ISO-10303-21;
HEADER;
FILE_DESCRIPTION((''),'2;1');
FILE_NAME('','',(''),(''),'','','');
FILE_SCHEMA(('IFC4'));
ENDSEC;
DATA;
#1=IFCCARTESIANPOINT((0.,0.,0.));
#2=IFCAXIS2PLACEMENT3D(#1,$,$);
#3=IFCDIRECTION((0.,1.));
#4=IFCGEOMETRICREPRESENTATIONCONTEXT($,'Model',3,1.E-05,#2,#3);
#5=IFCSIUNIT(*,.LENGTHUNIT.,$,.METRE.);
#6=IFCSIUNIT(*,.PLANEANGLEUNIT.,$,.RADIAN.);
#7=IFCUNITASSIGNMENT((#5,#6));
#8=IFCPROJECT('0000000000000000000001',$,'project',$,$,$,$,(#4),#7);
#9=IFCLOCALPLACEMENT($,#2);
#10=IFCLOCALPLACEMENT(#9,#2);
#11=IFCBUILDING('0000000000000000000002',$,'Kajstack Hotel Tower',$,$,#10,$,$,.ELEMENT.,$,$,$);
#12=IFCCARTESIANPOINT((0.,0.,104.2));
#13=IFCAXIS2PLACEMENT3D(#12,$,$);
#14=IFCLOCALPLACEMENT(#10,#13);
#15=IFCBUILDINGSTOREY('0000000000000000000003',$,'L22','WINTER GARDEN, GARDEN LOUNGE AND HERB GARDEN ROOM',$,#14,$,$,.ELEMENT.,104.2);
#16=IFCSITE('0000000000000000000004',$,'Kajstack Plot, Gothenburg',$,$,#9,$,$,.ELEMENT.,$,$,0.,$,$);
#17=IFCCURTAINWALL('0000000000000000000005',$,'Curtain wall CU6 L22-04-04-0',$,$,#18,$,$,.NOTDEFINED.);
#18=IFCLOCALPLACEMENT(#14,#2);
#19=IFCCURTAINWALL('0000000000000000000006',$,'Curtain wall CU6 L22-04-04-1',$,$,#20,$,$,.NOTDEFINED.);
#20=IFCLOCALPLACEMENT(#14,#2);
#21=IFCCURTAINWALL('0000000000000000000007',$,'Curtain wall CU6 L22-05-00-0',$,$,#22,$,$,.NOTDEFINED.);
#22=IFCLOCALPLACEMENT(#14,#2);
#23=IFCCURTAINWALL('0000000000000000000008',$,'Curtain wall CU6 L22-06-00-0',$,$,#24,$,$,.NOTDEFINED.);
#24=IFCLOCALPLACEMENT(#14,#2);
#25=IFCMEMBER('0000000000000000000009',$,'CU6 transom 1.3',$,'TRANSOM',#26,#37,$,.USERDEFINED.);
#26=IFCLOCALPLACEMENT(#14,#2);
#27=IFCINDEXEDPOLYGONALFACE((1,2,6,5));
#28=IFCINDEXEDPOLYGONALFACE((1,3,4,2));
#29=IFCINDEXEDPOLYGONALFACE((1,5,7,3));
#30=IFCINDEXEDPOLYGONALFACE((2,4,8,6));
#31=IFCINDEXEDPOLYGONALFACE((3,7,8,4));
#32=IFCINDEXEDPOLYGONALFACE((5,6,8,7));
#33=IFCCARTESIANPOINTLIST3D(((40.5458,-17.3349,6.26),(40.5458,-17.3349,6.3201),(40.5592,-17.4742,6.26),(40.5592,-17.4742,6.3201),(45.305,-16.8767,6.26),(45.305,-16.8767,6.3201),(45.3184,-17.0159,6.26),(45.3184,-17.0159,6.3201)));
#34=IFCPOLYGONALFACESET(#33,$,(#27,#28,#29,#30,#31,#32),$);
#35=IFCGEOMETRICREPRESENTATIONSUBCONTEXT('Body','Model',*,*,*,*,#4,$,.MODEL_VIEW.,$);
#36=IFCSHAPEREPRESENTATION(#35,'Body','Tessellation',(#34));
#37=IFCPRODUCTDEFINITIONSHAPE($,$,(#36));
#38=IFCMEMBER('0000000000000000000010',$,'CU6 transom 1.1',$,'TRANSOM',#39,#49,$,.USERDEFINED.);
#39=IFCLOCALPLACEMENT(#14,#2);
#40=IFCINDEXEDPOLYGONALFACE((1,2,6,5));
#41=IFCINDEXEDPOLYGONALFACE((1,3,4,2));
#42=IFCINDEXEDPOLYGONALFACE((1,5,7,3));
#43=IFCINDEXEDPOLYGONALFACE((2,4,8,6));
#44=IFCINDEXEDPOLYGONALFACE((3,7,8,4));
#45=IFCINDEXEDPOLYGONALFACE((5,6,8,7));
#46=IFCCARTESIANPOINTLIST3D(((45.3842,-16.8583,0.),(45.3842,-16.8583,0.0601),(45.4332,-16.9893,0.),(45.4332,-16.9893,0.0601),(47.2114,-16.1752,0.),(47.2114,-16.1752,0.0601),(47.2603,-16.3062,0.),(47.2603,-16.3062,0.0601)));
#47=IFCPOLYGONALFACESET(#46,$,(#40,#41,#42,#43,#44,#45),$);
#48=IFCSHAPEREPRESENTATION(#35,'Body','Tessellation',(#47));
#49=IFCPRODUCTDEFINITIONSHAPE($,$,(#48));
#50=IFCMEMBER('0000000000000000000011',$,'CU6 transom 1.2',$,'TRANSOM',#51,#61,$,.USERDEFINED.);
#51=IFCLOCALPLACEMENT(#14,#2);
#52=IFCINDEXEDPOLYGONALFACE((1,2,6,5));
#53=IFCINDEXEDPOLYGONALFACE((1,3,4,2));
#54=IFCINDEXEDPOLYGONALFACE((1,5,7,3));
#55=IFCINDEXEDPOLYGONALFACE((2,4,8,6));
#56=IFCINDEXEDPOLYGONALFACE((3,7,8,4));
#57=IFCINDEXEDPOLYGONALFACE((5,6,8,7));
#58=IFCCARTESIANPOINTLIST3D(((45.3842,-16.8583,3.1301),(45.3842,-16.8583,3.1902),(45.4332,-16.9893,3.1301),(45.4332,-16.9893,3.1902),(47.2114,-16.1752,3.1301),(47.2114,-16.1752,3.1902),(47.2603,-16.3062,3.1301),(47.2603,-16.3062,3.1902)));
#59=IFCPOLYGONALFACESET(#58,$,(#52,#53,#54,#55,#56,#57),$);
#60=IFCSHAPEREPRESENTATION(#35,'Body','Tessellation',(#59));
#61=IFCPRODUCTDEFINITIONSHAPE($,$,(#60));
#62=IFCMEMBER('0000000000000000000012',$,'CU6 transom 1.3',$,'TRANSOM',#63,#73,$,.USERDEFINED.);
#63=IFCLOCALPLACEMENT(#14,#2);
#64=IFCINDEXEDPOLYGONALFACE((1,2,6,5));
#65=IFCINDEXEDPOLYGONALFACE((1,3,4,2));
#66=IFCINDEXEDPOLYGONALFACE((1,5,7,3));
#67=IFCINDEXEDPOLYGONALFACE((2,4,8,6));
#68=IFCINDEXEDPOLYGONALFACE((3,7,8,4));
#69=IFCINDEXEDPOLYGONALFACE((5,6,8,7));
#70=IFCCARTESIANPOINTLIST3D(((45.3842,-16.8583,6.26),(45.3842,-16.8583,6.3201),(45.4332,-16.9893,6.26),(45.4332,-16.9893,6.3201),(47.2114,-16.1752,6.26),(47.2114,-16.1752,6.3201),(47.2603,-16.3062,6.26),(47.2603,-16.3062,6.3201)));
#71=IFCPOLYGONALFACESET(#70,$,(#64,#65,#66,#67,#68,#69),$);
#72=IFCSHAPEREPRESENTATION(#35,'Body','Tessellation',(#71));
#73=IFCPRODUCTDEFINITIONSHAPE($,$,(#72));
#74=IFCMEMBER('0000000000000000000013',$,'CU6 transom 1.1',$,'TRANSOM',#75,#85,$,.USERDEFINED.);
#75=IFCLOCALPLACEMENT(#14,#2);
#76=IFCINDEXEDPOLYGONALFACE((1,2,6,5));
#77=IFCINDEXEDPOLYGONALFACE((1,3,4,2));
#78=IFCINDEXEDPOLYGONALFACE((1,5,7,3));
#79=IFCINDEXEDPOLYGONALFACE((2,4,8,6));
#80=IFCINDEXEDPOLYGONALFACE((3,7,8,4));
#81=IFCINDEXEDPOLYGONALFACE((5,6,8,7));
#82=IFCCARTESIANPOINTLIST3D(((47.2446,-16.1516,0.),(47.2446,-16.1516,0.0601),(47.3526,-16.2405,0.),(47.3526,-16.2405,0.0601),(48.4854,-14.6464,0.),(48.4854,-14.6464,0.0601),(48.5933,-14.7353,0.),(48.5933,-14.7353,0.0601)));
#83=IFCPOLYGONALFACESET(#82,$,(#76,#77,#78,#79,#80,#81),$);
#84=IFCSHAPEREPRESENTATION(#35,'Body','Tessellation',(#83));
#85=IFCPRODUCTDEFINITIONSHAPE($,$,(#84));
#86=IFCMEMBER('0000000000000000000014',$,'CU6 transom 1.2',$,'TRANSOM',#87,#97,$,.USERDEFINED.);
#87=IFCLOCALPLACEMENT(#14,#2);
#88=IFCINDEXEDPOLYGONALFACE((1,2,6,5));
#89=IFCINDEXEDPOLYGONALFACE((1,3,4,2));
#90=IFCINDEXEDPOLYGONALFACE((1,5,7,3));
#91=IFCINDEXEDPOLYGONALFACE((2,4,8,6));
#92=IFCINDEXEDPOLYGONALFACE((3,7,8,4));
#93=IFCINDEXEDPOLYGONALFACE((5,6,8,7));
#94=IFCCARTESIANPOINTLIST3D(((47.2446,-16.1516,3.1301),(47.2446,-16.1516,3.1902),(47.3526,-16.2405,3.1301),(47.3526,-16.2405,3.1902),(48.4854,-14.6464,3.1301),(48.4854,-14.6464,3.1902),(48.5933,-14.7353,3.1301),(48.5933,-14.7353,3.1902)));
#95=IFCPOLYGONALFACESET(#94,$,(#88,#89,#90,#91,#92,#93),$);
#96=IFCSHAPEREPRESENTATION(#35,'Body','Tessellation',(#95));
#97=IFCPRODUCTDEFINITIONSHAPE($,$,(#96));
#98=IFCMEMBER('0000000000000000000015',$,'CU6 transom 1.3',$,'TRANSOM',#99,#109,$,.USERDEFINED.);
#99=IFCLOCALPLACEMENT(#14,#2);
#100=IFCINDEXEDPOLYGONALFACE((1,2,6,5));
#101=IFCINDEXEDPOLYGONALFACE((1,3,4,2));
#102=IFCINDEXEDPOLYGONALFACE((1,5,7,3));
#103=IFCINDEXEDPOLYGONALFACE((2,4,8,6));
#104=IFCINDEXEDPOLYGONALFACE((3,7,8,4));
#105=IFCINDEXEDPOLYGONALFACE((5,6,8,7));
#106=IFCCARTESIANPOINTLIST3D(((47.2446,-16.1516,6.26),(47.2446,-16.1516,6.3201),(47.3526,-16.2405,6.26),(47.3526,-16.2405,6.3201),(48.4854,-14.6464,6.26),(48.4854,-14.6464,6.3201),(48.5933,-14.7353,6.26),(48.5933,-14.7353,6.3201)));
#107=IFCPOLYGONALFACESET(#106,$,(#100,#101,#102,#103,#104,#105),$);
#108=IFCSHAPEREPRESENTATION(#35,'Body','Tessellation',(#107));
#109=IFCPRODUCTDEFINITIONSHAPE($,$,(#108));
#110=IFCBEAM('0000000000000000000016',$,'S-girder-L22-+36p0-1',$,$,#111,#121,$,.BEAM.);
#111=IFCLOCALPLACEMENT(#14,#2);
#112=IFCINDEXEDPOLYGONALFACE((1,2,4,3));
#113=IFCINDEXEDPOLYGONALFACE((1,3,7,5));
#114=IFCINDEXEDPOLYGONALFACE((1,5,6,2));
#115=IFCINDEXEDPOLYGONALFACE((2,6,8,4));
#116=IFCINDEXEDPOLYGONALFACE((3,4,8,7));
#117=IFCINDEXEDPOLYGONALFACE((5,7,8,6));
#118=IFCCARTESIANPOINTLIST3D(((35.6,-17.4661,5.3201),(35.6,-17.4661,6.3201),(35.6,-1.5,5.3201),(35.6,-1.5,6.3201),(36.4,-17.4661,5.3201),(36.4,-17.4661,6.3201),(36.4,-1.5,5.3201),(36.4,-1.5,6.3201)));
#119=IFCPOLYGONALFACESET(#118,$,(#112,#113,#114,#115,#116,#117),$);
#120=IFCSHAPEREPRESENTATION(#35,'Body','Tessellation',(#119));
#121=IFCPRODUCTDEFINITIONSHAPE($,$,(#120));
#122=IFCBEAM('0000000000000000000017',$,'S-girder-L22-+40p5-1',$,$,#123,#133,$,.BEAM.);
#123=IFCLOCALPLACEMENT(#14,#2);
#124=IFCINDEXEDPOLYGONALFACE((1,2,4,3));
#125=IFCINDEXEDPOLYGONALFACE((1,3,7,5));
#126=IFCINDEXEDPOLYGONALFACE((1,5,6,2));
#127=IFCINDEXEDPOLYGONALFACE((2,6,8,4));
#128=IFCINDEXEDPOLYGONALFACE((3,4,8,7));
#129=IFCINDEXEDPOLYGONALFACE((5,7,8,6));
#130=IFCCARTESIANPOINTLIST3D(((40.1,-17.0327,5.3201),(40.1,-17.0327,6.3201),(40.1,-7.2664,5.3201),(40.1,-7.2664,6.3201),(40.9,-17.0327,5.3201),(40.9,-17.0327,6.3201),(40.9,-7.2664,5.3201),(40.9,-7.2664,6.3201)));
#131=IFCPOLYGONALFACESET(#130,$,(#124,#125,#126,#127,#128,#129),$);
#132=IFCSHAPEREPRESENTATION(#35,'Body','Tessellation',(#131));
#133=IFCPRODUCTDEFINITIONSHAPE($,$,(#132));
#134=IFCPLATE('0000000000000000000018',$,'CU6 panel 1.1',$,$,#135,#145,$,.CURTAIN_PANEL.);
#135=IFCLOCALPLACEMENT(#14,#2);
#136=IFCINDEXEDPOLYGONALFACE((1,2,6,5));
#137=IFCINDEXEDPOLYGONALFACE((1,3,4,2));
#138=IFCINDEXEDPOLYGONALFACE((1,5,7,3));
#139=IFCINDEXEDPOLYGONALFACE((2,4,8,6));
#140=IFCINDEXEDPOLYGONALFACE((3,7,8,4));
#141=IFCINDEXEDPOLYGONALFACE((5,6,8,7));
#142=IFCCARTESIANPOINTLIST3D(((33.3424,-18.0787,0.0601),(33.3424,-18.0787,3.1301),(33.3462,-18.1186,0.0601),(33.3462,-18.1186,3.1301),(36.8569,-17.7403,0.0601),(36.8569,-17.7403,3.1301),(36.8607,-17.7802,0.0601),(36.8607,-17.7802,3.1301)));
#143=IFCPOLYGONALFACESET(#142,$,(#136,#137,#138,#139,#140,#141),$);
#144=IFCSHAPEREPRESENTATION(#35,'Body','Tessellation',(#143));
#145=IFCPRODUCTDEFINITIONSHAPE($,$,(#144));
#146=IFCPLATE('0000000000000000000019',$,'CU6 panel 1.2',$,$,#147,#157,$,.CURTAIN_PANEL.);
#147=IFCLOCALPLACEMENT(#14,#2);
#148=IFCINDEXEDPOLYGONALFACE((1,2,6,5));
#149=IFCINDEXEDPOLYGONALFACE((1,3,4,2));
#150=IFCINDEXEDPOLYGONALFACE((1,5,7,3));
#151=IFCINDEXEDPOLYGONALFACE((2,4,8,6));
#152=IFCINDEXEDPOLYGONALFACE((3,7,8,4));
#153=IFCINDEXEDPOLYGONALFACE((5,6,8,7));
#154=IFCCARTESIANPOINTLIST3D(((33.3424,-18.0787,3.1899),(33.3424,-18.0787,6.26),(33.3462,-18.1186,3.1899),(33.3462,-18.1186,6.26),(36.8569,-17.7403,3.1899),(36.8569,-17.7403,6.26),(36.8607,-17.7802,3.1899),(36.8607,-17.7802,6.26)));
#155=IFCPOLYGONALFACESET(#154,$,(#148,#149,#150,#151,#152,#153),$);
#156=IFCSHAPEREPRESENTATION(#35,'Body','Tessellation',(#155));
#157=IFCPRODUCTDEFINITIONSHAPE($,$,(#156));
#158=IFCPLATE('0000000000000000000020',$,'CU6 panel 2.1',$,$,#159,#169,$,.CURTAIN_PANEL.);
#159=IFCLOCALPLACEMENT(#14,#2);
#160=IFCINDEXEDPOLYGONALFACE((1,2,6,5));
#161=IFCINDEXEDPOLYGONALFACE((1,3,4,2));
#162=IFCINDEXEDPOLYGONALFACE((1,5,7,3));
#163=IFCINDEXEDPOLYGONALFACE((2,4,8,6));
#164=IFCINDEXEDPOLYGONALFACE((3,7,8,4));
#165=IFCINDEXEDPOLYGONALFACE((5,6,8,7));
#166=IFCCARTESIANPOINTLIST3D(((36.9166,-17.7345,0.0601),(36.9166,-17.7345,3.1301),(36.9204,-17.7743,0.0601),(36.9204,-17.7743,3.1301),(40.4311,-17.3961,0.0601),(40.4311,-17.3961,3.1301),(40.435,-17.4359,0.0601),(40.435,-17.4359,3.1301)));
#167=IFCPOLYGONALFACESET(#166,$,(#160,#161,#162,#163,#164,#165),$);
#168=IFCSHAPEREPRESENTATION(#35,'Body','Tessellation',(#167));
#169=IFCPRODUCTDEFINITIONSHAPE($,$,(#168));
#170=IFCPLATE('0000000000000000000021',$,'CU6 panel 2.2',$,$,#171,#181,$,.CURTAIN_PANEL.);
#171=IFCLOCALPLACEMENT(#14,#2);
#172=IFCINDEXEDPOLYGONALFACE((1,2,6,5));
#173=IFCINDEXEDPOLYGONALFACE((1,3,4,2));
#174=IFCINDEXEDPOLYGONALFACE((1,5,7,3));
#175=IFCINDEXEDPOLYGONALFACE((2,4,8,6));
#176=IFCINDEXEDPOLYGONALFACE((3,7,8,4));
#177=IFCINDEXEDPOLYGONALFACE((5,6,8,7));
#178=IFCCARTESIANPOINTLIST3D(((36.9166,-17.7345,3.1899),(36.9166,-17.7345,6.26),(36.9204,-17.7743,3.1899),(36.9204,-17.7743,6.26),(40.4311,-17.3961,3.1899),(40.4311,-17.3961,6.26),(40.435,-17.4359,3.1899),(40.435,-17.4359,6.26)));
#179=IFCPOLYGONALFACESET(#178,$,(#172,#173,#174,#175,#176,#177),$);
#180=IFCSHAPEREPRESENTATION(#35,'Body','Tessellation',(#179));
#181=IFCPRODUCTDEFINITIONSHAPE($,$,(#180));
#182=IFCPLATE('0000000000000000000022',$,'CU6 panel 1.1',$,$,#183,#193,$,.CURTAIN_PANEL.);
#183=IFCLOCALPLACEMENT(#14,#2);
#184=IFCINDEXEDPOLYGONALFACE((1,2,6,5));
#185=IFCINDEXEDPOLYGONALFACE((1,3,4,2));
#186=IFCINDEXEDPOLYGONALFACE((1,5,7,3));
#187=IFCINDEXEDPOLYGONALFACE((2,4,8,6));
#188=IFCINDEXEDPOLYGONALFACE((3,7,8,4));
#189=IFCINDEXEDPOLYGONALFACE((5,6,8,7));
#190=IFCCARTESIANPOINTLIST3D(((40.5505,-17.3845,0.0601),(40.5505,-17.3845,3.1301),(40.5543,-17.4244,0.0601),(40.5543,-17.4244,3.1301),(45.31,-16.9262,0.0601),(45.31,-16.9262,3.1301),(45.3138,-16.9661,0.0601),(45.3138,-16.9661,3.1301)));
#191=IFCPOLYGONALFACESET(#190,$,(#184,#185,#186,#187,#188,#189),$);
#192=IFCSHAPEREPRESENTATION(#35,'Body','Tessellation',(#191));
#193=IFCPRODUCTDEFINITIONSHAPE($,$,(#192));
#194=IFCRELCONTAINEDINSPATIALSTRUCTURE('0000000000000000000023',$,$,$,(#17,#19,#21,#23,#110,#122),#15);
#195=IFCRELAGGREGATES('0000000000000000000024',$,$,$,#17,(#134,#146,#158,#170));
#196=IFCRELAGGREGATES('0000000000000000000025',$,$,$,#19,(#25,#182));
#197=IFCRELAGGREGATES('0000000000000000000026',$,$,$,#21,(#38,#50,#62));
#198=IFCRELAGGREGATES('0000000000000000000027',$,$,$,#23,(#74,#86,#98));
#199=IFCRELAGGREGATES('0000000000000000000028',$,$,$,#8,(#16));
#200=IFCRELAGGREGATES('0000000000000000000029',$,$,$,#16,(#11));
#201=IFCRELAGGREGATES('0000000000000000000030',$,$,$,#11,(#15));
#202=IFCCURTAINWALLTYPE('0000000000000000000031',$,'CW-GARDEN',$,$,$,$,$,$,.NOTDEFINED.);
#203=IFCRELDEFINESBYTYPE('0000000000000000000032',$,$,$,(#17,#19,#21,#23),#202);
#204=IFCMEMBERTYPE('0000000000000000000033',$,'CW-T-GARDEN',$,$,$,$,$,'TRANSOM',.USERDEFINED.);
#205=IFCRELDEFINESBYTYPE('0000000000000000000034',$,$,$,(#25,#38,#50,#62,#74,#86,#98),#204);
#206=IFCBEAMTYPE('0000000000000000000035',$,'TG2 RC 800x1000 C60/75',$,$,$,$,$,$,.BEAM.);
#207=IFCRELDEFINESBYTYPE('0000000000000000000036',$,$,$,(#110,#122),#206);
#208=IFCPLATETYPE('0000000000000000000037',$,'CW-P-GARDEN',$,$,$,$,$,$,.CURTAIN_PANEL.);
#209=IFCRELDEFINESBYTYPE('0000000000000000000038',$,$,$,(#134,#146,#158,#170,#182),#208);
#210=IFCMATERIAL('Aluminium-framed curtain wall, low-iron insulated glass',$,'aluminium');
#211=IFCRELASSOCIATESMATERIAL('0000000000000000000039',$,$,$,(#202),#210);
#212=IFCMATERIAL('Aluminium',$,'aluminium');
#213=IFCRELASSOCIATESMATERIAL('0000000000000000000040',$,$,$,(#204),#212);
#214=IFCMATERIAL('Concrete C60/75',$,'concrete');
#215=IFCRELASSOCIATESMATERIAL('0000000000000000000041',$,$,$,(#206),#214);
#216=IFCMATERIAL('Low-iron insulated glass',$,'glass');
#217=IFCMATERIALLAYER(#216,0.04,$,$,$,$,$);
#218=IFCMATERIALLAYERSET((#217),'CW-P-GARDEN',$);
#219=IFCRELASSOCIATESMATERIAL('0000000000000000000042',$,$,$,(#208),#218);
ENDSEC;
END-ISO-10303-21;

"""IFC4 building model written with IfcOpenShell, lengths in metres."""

from ifc_helpers import new_model, si_unit, direction, frame, origin, origin_2d, place, context, subcontext, project, spatial, rectangle, extrude, material, layer, layer_set, material_profile, profile_set, type_object, element, aggregate, save


model = new_model("IFC4")

# Units and contexts
model_context = context("Model", 3, precision=1e-05, world=origin(), true_north=direction((0.0, 1.0)))
body_context = subcontext(model_context, "Body", "Model", "MODEL_VIEW")
ifc_project = project(units=[si_unit("LENGTHUNIT", "METRE"), si_unit("PLANEANGLEUNIT", "RADIAN")], contexts=[model_context])

# Site, building, storey
site_placement = place(None, origin())
site = spatial("IfcSite", under=ifc_project, at=site_placement, Name="Kajstack Plot, Gothenburg", CompositionType="ELEMENT", RefElevation=0.0)
building_placement = place(site_placement, origin())
building = spatial("IfcBuilding", under=site, at=building_placement, Name="Kajstack Hotel Tower", CompositionType="ELEMENT")
storey_placement = place(building_placement, frame((0.0, 0.0, 104.2)))
storey = spatial("IfcBuildingStorey", under=building, at=storey_placement, Name="L22", Description="WINTER GARDEN, GARDEN LOUNGE AND HERB GARDEN ROOM", CompositionType="ELEMENT", Elevation=104.2)

# Curtain walls
ifc_material_1 = material(Name="Aluminium-framed curtain wall, low-iron insulated glass", Category="aluminium")
curtain_wall_type = type_object("IfcCurtainWallType", Name="CW-GARDEN", PredefinedType="NOTDEFINED", material=ifc_material_1)
curtain_wall_1_placement = place(storey_placement, origin())
curtain_wall_1 = element("IfcCurtainWall", 1, at=curtain_wall_1_placement, inside=storey, type_object=curtain_wall_type, Name="Curtain wall CU6 L22-04-04-0", PredefinedType="NOTDEFINED")
ifc_material_2 = material(Name="Aluminium", Category="aluminium")
curtain_wall_2_placement = place(storey_placement, origin())
curtain_wall_2 = element("IfcCurtainWall", 2, at=curtain_wall_2_placement, inside=storey, type_object=curtain_wall_type, Name="Curtain wall CU6 L22-04-04-1", PredefinedType="NOTDEFINED")
curtain_wall_3_placement = place(storey_placement, origin())
curtain_wall_3 = element("IfcCurtainWall", 3, at=curtain_wall_3_placement, inside=storey, type_object=curtain_wall_type, Name="Curtain wall CU6 L22-05-00-0", PredefinedType="NOTDEFINED")

# Curtain wall
curtain_wall_4_placement = place(storey_placement, origin())
curtain_wall_4 = element("IfcCurtainWall", 4, at=curtain_wall_4_placement, inside=storey, type_object=curtain_wall_type, Name="Curtain wall CU6 L22-06-00-0", PredefinedType="NOTDEFINED")

# Members
ifc_material_profile_1 = material_profile(ifc_material_2, rectangle(XDim=0.1399, YDim=0.0601, at=origin_2d()), Name="Aluminium transom 140 x 60")
ifc_profile_set_1 = profile_set([ifc_material_profile_1], Name="Aluminium")
member_type_1 = type_object("IfcMemberType", Name="CW-T-GARDEN", ElementType="TRANSOM", PredefinedType="USERDEFINED", material=ifc_profile_set_1)
member_1_placement = place(storey_placement, frame((40.5525, -17.4045, 6.29), z_axis=(0.995396, 0.095843, 0.0), x_axis=(-0.095843, 0.995396, 0.0)))
member_1 = element("IfcMember", 5, at=member_1_placement, type_object=member_type_1, Name="CU6 transom 1.3", ObjectType="TRANSOM", PredefinedType="USERDEFINED", context=body_context, shape_type="SweptSolid", body=[
    extrude(rectangle(XDim=0.1399, YDim=0.0601, at=origin_2d()), origin(), (0.0, 0.0, 1.0), 4.7812),
])
member_2_placement = place(storey_placement, frame((45.4087, -16.9238, 0.03), z_axis=(0.936678, 0.350191, 0.0), x_axis=(-0.350191, 0.936678, 0.0)))
member_2 = element("IfcMember", 6, at=member_2_placement, type_object=member_type_1, Name="CU6 transom 1.1", ObjectType="TRANSOM", PredefinedType="USERDEFINED", context=body_context, shape_type="SweptSolid", body=[
    extrude(rectangle(XDim=0.1399, YDim=0.0601, at=origin_2d()), origin(), (0.0, 0.0, 1.0), 1.9507),
])
member_3_placement = place(storey_placement, frame((45.4087, -16.9238, 3.1602), z_axis=(0.936678, 0.350191, 0.0), x_axis=(-0.350191, 0.936678, 0.0)))
member_3 = element("IfcMember", 7, at=member_3_placement, type_object=member_type_1, Name="CU6 transom 1.2", ObjectType="TRANSOM", PredefinedType="USERDEFINED", context=body_context, shape_type="SweptSolid", body=[
    extrude(rectangle(XDim=0.1399, YDim=0.0601, at=origin_2d()), origin(), (0.0, 0.0, 1.0), 1.9507),
])
member_4_placement = place(storey_placement, frame((45.4087, -16.9238, 6.29), z_axis=(0.936678, 0.350191, 0.0), x_axis=(-0.350191, 0.936678, 0.0)))
member_4 = element("IfcMember", 8, at=member_4_placement, type_object=member_type_1, Name="CU6 transom 1.3", ObjectType="TRANSOM", PredefinedType="USERDEFINED", context=body_context, shape_type="SweptSolid", body=[
    extrude(rectangle(XDim=0.1399, YDim=0.0601, at=origin_2d()), origin(), (0.0, 0.0, 1.0), 1.9507),
])
member_5_placement = place(storey_placement, frame((47.2986, -16.196, 0.03), z_axis=(0.636076, 0.771627, 0.0), x_axis=(-0.771627, 0.636076, 0.0)))
member_5 = element("IfcMember", 9, at=member_5_placement, type_object=member_type_1, Name="CU6 transom 1.1", ObjectType="TRANSOM", PredefinedType="USERDEFINED", context=body_context, shape_type="SweptSolid", body=[
    extrude(rectangle(XDim=0.1399, YDim=0.0601, at=origin_2d()), origin(), (0.0, 0.0, 1.0), 1.9507),
])
member_6_placement = place(storey_placement, frame((47.2986, -16.196, 3.1602), z_axis=(0.636076, 0.771627, 0.0), x_axis=(-0.771627, 0.636076, 0.0)))
member_6 = element("IfcMember", 10, at=member_6_placement, type_object=member_type_1, Name="CU6 transom 1.2", ObjectType="TRANSOM", PredefinedType="USERDEFINED", context=body_context, shape_type="SweptSolid", body=[
    extrude(rectangle(XDim=0.1399, YDim=0.0601, at=origin_2d()), origin(), (0.0, 0.0, 1.0), 1.9507),
])
member_7_placement = place(storey_placement, frame((47.2986, -16.196, 6.29), z_axis=(0.636076, 0.771627, 0.0), x_axis=(-0.771627, 0.636076, 0.0)))
member_7 = element("IfcMember", 11, at=member_7_placement, type_object=member_type_1, Name="CU6 transom 1.3", ObjectType="TRANSOM", PredefinedType="USERDEFINED", context=body_context, shape_type="SweptSolid", body=[
    extrude(rectangle(XDim=0.1399, YDim=0.0601, at=origin_2d()), origin(), (0.0, 0.0, 1.0), 1.9507),
])

# Beams
ifc_material_3 = material(Name="Concrete C60/75", Category="concrete")
ifc_material_profile_2 = material_profile(ifc_material_3, rectangle(XDim=0.8, YDim=1.0, at=origin_2d()), Name="RC 800x1000")
ifc_profile_set_2 = profile_set([ifc_material_profile_2], Name="Concrete C60/75")
beam_type = type_object("IfcBeamType", Name="TG2 RC 800x1000 C60/75", PredefinedType="BEAM", material=ifc_profile_set_2)
beam_1_placement = place(storey_placement, frame((36.0, -17.4661, 5.8201), z_axis=(0.0, 1.0, 0.0), x_axis=(-1.0, 0.0, 0.0)))
element("IfcBeam", 12, at=beam_1_placement, inside=storey, type_object=beam_type, Name="S-girder-L22-+36p0-1", PredefinedType="BEAM", context=body_context, shape_type="SweptSolid", body=[
    extrude(rectangle(XDim=0.8, YDim=1.0, at=origin_2d()), origin(), (0.0, 0.0, 1.0), 15.9661),
])
beam_2_placement = place(storey_placement, frame((40.5, -17.0327, 5.8201), z_axis=(0.0, 1.0, 0.0), x_axis=(-1.0, 0.0, 0.0)))
element("IfcBeam", 13, at=beam_2_placement, inside=storey, type_object=beam_type, Name="S-girder-L22-+40p5-1", PredefinedType="BEAM", context=body_context, shape_type="SweptSolid", body=[
    extrude(rectangle(XDim=0.8, YDim=1.0, at=origin_2d()), origin(), (0.0, 0.0, 1.0), 9.7664),
])

# Plates
ifc_material_4 = material(Name="Low-iron insulated glass", Category="glass")
ifc_layer = layer(ifc_material_4, 0.04)
ifc_layer_set = layer_set([ifc_layer], Name="CW-P-GARDEN")
plate_type = type_object("IfcPlateType", Name="CW-P-GARDEN", PredefinedType="CURTAIN_PANEL", material=ifc_layer_set)
plate_1_placement = place(storey_placement, frame((35.1016, -17.9294, 0.0601), z_axis=(0.0, 0.0, 1.0), x_axis=(0.995396, 0.095846, 0.0)))
plate_1 = element("IfcPlate", 14, at=plate_1_placement, type_object=plate_type, Name="CU6 panel 1.1", PredefinedType="CURTAIN_PANEL", context=body_context, shape_type="SweptSolid", body=[
    extrude(rectangle(XDim=3.5308, YDim=0.04, at=origin_2d()), origin(), (0.0, 0.0, 1.0), 3.0701),
])
plate_2_placement = place(storey_placement, frame((35.1016, -17.9294, 3.1899), z_axis=(0.0, 0.0, 1.0), x_axis=(0.995396, 0.095846, 0.0)))
plate_2 = element("IfcPlate", 15, at=plate_2_placement, type_object=plate_type, Name="CU6 panel 1.2", PredefinedType="CURTAIN_PANEL", context=body_context, shape_type="SweptSolid", body=[
    extrude(rectangle(XDim=3.5308, YDim=0.04, at=origin_2d()), origin(), (0.0, 0.0, 1.0), 3.0701),
])
plate_3_placement = place(storey_placement, frame((38.6758, -17.5852, 0.0601), z_axis=(0.0, 0.0, 1.0), x_axis=(0.995396, 0.095846, 0.0)))
plate_3 = element("IfcPlate", 16, at=plate_3_placement, type_object=plate_type, Name="CU6 panel 2.1", PredefinedType="CURTAIN_PANEL", context=body_context, shape_type="SweptSolid", body=[
    extrude(rectangle(XDim=3.5308, YDim=0.04, at=origin_2d()), origin(), (0.0, 0.0, 1.0), 3.0701),
])
plate_4_placement = place(storey_placement, frame((38.6758, -17.5852, 3.1899), z_axis=(0.0, 0.0, 1.0), x_axis=(0.995396, 0.095846, 0.0)))
plate_4 = element("IfcPlate", 17, at=plate_4_placement, type_object=plate_type, Name="CU6 panel 2.2", PredefinedType="CURTAIN_PANEL", context=body_context, shape_type="SweptSolid", body=[
    extrude(rectangle(XDim=3.5308, YDim=0.04, at=origin_2d()), origin(), (0.0, 0.0, 1.0), 3.0701),
])
aggregate(curtain_wall_1, [plate_1, plate_2, plate_3, plate_4])
plate_5_placement = place(storey_placement, frame((42.9321, -17.1753, 0.0601), z_axis=(0.0, 0.0, 1.0), x_axis=(0.995396, 0.095846, 0.0)))
plate_5 = element("IfcPlate", 18, at=plate_5_placement, type_object=plate_type, Name="CU6 panel 1.1", PredefinedType="CURTAIN_PANEL", context=body_context, shape_type="SweptSolid", body=[
    extrude(rectangle(XDim=4.7815, YDim=0.04, at=origin_2d()), origin(), (0.0, 0.0, 1.0), 3.0701),
])
aggregate(curtain_wall_2, [member_1, plate_5])
aggregate(curtain_wall_3, [member_2, member_3, member_4])
aggregate(curtain_wall_4, [member_5, member_6, member_7])

save(model, "model.ifc")
